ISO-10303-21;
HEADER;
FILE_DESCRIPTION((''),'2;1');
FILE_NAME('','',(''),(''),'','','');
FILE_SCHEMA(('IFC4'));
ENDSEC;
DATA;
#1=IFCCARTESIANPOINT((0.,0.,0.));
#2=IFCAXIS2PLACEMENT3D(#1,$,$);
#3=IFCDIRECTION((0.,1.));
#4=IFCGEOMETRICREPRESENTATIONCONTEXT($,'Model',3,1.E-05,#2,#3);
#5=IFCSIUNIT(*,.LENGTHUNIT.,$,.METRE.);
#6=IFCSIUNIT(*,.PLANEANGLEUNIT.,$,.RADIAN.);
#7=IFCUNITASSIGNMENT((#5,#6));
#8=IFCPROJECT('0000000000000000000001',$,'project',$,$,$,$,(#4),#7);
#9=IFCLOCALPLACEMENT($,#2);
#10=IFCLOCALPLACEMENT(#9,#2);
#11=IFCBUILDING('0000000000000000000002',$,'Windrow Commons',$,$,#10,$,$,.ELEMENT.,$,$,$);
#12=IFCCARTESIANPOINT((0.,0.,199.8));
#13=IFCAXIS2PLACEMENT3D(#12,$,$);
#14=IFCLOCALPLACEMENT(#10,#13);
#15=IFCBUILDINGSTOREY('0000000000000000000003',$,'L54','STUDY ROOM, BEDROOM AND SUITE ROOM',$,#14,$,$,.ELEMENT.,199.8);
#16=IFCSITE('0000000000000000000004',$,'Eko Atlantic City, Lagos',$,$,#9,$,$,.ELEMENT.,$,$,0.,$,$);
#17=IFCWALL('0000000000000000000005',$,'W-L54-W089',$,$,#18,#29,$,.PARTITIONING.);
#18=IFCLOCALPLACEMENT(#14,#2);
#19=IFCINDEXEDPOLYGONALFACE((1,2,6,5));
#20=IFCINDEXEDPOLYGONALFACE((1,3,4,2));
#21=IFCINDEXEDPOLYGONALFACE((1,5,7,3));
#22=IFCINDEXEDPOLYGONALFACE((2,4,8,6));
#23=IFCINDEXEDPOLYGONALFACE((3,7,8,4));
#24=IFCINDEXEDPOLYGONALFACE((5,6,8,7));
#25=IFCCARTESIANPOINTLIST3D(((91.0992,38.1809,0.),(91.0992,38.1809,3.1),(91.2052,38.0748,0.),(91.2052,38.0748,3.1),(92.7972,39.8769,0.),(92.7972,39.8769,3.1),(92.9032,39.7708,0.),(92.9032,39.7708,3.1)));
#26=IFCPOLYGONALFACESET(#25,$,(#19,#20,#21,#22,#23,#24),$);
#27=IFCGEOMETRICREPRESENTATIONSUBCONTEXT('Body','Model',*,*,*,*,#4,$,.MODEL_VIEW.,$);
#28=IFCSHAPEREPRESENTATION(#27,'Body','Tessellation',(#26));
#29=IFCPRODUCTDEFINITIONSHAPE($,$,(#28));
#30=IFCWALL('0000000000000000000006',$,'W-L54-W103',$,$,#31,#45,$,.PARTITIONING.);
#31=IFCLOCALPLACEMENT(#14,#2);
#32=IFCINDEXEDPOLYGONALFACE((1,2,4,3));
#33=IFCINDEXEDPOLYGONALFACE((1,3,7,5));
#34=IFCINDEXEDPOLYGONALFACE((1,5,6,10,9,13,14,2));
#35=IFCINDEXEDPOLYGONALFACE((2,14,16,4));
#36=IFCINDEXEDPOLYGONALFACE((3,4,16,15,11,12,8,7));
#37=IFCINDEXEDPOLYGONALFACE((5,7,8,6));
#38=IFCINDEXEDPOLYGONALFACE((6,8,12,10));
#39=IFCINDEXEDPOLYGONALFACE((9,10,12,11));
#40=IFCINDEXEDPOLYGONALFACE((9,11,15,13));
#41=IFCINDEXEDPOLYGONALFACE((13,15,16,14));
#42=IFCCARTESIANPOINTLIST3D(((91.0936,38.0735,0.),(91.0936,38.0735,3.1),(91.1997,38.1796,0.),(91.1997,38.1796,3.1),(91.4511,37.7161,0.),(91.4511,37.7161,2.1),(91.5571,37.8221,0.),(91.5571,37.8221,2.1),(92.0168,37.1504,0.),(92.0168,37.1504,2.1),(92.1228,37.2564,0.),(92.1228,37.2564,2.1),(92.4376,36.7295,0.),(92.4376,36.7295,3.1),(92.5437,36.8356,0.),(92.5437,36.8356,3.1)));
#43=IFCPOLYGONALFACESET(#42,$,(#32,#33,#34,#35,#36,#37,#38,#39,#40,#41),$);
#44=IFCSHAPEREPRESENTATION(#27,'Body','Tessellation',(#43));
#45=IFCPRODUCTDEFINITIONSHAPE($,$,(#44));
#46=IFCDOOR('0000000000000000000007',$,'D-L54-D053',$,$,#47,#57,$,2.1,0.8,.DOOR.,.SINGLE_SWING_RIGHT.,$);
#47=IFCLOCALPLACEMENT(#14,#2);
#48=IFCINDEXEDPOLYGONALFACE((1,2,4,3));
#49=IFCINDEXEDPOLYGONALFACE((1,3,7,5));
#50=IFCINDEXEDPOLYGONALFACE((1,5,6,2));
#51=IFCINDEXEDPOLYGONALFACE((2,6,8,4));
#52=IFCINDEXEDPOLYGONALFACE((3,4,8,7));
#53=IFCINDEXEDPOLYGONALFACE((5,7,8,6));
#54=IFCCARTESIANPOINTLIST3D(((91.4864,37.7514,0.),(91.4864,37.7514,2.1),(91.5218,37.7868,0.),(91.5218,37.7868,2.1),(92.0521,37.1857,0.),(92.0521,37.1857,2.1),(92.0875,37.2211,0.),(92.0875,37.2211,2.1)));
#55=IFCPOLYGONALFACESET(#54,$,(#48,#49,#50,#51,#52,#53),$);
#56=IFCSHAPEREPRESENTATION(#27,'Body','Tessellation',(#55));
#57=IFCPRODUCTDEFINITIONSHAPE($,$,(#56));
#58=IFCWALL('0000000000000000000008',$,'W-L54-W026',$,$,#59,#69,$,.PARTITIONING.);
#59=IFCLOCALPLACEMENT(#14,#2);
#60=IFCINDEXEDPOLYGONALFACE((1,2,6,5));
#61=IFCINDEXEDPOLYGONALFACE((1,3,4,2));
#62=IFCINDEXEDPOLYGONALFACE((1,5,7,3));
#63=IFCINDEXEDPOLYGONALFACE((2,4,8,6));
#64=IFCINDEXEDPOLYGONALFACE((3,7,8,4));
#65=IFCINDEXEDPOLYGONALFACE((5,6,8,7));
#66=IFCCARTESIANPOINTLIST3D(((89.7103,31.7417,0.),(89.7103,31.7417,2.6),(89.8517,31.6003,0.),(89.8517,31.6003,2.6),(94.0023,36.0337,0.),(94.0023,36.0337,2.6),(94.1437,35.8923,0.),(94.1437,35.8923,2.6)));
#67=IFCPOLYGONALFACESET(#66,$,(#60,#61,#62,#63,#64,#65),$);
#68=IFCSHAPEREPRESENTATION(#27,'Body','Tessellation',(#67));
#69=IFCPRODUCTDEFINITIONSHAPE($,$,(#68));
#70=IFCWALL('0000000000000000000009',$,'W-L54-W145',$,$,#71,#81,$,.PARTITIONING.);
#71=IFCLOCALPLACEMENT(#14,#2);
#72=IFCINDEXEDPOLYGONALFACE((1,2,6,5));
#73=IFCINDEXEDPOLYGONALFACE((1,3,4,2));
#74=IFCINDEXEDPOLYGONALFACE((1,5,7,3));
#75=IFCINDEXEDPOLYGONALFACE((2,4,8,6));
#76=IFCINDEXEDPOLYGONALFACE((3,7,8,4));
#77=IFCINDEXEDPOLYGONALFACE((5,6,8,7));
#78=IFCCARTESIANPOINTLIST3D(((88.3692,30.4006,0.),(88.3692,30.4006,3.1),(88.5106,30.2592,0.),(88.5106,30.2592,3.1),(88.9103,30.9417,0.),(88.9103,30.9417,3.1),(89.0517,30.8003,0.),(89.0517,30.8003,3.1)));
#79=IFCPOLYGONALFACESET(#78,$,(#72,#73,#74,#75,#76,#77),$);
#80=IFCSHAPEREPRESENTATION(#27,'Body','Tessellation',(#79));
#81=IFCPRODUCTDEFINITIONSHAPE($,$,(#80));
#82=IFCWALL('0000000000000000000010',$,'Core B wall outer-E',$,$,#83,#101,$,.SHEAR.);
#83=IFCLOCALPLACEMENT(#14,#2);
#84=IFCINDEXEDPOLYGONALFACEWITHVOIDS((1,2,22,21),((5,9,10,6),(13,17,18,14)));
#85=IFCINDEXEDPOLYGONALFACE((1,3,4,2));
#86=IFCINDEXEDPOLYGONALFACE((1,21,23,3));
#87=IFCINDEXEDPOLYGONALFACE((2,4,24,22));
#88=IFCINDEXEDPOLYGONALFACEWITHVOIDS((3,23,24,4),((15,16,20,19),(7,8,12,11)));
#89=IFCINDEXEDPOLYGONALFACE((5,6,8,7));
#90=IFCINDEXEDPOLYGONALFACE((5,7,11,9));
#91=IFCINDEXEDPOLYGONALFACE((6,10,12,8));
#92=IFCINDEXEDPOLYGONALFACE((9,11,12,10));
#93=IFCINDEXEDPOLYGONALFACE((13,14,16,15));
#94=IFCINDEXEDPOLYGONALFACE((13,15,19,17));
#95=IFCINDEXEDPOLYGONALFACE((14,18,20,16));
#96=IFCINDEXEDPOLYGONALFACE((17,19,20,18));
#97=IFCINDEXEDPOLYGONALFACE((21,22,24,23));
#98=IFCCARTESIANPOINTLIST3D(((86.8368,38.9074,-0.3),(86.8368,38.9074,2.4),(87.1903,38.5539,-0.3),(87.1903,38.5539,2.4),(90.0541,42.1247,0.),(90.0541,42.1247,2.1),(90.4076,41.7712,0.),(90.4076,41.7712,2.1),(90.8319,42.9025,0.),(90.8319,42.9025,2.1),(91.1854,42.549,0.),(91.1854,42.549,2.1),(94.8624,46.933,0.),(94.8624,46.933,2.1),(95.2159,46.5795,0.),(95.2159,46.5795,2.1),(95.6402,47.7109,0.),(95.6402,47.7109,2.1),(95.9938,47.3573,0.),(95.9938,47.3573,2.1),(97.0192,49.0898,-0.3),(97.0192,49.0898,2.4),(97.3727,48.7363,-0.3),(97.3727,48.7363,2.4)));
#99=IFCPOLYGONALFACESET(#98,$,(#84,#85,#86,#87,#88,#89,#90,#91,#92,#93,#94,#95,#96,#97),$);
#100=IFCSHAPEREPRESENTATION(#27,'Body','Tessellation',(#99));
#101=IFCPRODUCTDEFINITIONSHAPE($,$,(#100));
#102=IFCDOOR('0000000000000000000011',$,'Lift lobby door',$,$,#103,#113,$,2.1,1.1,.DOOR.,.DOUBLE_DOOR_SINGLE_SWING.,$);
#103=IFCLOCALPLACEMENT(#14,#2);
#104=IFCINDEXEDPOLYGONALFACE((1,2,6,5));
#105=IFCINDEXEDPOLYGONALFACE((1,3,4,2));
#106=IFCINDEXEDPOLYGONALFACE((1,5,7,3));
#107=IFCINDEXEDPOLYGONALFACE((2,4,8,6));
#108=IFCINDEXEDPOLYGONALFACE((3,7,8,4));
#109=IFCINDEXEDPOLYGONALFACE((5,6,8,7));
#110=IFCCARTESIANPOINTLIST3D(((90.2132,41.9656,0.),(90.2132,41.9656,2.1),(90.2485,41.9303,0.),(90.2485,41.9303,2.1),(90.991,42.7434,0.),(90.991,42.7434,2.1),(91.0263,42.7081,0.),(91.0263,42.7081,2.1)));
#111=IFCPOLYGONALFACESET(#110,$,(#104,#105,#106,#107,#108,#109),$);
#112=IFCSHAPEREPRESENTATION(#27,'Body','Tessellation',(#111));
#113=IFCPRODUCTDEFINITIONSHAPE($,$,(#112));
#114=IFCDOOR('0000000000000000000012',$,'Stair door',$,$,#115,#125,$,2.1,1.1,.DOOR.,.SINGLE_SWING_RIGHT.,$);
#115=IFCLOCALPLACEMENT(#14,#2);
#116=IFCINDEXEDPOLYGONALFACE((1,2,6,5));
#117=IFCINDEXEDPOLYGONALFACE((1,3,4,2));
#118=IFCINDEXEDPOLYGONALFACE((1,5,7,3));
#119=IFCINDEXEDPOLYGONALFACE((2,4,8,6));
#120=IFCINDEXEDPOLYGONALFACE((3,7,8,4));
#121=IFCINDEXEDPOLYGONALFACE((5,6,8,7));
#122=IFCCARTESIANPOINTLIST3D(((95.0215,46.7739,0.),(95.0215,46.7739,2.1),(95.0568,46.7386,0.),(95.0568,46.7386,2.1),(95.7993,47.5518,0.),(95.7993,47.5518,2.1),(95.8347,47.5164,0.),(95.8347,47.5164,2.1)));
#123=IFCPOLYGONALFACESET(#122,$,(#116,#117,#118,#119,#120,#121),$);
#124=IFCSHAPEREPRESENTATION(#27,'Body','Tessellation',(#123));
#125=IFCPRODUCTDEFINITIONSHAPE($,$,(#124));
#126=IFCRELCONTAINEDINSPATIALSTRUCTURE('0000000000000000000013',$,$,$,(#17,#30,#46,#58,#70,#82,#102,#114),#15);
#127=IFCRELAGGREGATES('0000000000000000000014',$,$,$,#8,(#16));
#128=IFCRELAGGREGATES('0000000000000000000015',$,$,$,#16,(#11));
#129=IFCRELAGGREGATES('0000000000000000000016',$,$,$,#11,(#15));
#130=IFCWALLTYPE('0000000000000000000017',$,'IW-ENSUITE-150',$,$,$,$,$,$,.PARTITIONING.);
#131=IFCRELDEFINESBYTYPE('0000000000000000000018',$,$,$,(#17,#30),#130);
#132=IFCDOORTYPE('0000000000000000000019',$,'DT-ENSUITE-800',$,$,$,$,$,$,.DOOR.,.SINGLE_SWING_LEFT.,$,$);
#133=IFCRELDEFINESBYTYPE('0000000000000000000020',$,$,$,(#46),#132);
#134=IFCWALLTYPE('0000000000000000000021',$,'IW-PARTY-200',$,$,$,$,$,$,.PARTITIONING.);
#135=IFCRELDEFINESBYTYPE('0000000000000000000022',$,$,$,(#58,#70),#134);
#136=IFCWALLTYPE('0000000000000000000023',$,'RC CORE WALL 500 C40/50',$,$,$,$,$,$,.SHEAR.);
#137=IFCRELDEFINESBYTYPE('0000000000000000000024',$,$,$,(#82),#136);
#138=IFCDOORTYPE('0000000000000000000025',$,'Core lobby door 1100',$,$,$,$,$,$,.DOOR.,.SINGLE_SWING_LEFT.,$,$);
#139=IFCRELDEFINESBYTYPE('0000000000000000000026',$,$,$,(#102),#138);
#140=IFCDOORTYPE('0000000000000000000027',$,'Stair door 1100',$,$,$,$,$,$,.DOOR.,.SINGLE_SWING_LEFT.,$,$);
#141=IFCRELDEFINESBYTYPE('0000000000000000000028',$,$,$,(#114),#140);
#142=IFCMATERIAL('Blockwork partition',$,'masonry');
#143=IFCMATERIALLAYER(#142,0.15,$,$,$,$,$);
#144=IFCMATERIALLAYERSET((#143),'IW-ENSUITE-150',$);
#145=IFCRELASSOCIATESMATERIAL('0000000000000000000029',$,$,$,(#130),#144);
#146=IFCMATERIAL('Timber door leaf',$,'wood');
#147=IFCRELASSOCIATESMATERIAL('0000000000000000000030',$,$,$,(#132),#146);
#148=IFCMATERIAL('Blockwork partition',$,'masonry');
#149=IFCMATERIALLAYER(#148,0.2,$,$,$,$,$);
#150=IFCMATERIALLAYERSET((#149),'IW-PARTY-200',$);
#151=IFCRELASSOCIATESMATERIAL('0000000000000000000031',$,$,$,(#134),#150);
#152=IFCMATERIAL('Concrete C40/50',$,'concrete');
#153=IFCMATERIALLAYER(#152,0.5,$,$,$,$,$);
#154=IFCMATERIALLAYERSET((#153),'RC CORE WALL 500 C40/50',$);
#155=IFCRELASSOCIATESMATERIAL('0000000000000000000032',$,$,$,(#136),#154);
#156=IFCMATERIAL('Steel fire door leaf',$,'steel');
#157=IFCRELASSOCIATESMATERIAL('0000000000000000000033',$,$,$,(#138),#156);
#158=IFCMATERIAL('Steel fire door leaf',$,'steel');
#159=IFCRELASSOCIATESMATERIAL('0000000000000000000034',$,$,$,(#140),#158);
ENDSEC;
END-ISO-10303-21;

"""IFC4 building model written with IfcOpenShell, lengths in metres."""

from ifc_helpers import new_model, si_unit, direction, frame, frame_2d, origin, place, context, subcontext, project, spatial, rectangle, extrude, material, layer, layer_set, type_object, element, fill, save


model = new_model("IFC4")

# Units and contexts
model_context = context("Model", 3, precision=1e-05, world=origin(), true_north=direction((0.0, 1.0)))
body_context = subcontext(model_context, "Body", "Model", "MODEL_VIEW")
ifc_project = project(units=[si_unit("LENGTHUNIT", "METRE"), si_unit("PLANEANGLEUNIT", "RADIAN")], contexts=[model_context])

# Site, building, storey
site_placement = place(None, origin())
site = spatial("IfcSite", under=ifc_project, at=site_placement, Name="Eko Atlantic City, Lagos", CompositionType="ELEMENT", RefElevation=0.0)
building_placement = place(site_placement, origin())
building = spatial("IfcBuilding", under=site, at=building_placement, Name="Windrow Commons", CompositionType="ELEMENT")
storey_placement = place(building_placement, frame((0.0, 0.0, 199.8)))
storey = spatial("IfcBuildingStorey", under=building, at=storey_placement, Name="L54", Description="STUDY ROOM, BEDROOM AND SUITE ROOM", CompositionType="ELEMENT", Elevation=199.8)

# Wall
ifc_material_1 = material(Name="Blockwork partition", Category="masonry")
ifc_layer_1 = layer(ifc_material_1, 0.15)
ifc_layer_set_1 = layer_set([ifc_layer_1], Name="IW-ENSUITE-150")
wall_type_1 = type_object("IfcWallType", Name="IW-ENSUITE-150", PredefinedType="PARTITIONING", material=ifc_layer_set_1)
wall_1_placement = place(storey_placement, frame((91.1522, 38.1278, 0.0), z_axis=(0.0, 0.0, 1.0), x_axis=(0.707523, 0.70669, 0.0)))
element("IfcWall", 1, at=wall_1_placement, inside=storey, type_object=wall_type_1, Name="W-L54-W089", PredefinedType="PARTITIONING", context=body_context, shape_type="SweptSolid", body=[
    extrude(rectangle(XDim=2.3999, YDim=0.15, at=frame_2d((1.2, 0.0))), origin(), (0.0, 0.0, 1.0), 3.1),
])

# Wall, opening, door
wall_2_placement = place(storey_placement, frame((91.1466, 38.1266, 0.0), z_axis=(0.0, 0.0, 1.0), x_axis=(0.707107, -0.707107, 0.0)))
wall_2 = element("IfcWall", 2, at=wall_2_placement, inside=storey, type_object=wall_type_1, Name="W-L54-W103", PredefinedType="PARTITIONING", context=body_context, shape_type="SweptSolid", body=[
    extrude(rectangle(XDim=1.9007, YDim=0.15, at=frame_2d((0.9504, 0.0))), origin(), (0.0, 0.0, 1.0), 3.1),
])
opening_1_placement = place(wall_2_placement, frame((0.5056, 0.0, 0.0)))
opening_1 = element("IfcOpeningElement", 3, at=opening_1_placement, cuts=wall_2, PredefinedType="OPENING", context=body_context, shape_type="SweptSolid", body=[
    extrude(rectangle(XDim=0.8, YDim=2.1, at=frame_2d((0.4, 1.05))), frame((0.0, 0.085, 0.0), z_axis=(0.0, -1.0, 0.0), x_axis=(1.0, 0.0, 0.0)), (0.0, 0.0, 1.0), 0.17),
])
ifc_material_2 = material(Name="Timber door leaf", Category="wood")
door_type_1 = type_object("IfcDoorType", Name="DT-ENSUITE-800", OperationType="SINGLE_SWING_LEFT", PredefinedType="DOOR", material=ifc_material_2)
door_1_placement = place(opening_1_placement, origin())
door_1 = element("IfcDoor", 4, at=door_1_placement, inside=storey, type_object=door_type_1, Name="D-L54-D053", OperationType="SINGLE_SWING_RIGHT", OverallHeight=2.1, OverallWidth=0.8, PredefinedType="DOOR", context=body_context, shape_type="SweptSolid", body=[
    extrude(rectangle(XDim=0.8, YDim=2.1, at=frame_2d((0.4, 1.05))), frame((0.0, 0.025, 0.0), z_axis=(0.0, -1.0, 0.0), x_axis=(1.0, 0.0, 0.0)), (0.0, 0.0, 1.0), 0.05),
])
fill(opening_1, door_1)

# Walls
ifc_material_3 = material(Name="Blockwork partition", Category="masonry")
ifc_layer_2 = layer(ifc_material_3, 0.2)
ifc_layer_set_2 = layer_set([ifc_layer_2], Name="IW-PARTY-200")
wall_type_2 = type_object("IfcWallType", Name="IW-PARTY-200", PredefinedType="PARTITIONING", material=ifc_layer_set_2)
wall_3_placement = place(storey_placement, frame((89.781, 31.671, 0.0), z_axis=(0.0, 0.0, 1.0), x_axis=(0.707107, 0.707107, 0.0)))
element("IfcWall", 5, at=wall_3_placement, inside=storey, type_object=wall_type_2, Name="W-L54-W026", PredefinedType="PARTITIONING", context=body_context, shape_type="SweptSolid", body=[
    extrude(rectangle(XDim=6.0698, YDim=0.2, at=frame_2d((3.0349, 0.0))), origin(), (0.0, 0.0, 1.0), 2.6),
])
wall_4_placement = place(storey_placement, frame((88.4399, 30.3299, 0.0), z_axis=(0.0, 0.0, 1.0), x_axis=(0.707107, 0.707107, 0.0)))
element("IfcWall", 6, at=wall_4_placement, inside=storey, type_object=wall_type_2, Name="W-L54-W145", PredefinedType="PARTITIONING", context=body_context, shape_type="SweptSolid", body=[
    extrude(rectangle(XDim=0.7652, YDim=0.2, at=frame_2d((0.3826, 0.0))), origin(), (0.0, 0.0, 1.0), 3.1),
])

# Wall, openings, doors
ifc_material_4 = material(Name="Concrete C40/50", Category="concrete")
ifc_layer_3 = layer(ifc_material_4, 0.5)
ifc_layer_set_3 = layer_set([ifc_layer_3], Name="RC CORE WALL 500 C40/50")
wall_type_3 = type_object("IfcWallType", Name="RC CORE WALL 500 C40/50", PredefinedType="SHEAR", material=ifc_layer_set_3)
wall_5_placement = place(storey_placement, frame((87.0135, 38.7306, -0.3), z_axis=(0.0, 0.0, 1.0), x_axis=(0.707107, 0.707107, 0.0)))
wall_5 = element("IfcWall", 7, at=wall_5_placement, inside=storey, type_object=wall_type_3, Name="Core B wall outer-E", PredefinedType="SHEAR", context=body_context, shape_type="SweptSolid", body=[
    extrude(rectangle(XDim=14.4001, YDim=0.5, at=frame_2d((7.2001, 0.0))), origin(), (0.0, 0.0, 1.0), 2.7),
])
opening_2_placement = place(wall_5_placement, frame((4.55, 0.0, 0.3)))
opening_2 = element("IfcOpeningElement", 8, at=opening_2_placement, cuts=wall_5, PredefinedType="OPENING", context=body_context, shape_type="SweptSolid", body=[
    extrude(rectangle(XDim=1.1, YDim=2.1, at=frame_2d((0.55, 1.05))), frame((0.0, 0.26, 0.0), z_axis=(0.0, -1.0, 0.0), x_axis=(1.0, 0.0, 0.0)), (0.0, 0.0, 1.0), 0.52),
])
opening_3_placement = place(wall_5_placement, frame((11.35, 0.0, 0.3)))
opening_3 = element("IfcOpeningElement", 9, at=opening_3_placement, cuts=wall_5, PredefinedType="OPENING", context=body_context, shape_type="SweptSolid", body=[
    extrude(rectangle(XDim=1.1, YDim=2.1, at=frame_2d((0.55, 1.05))), frame((0.0, 0.26, 0.0), z_axis=(0.0, -1.0, 0.0), x_axis=(1.0, 0.0, 0.0)), (0.0, 0.0, 1.0), 0.52),
])
ifc_material_5 = material(Name="Steel fire door leaf", Category="steel")
door_type_2 = type_object("IfcDoorType", Name="Core lobby door 1100", OperationType="SINGLE_SWING_LEFT", PredefinedType="DOOR", material=ifc_material_5)
door_2_placement = place(opening_2_placement, origin())
door_2 = element("IfcDoor", 10, at=door_2_placement, inside=storey, type_object=door_type_2, Name="Lift lobby door", OperationType="DOUBLE_DOOR_SINGLE_SWING", OverallHeight=2.1, OverallWidth=1.1, PredefinedType="DOOR", context=body_context, shape_type="SweptSolid", body=[
    extrude(rectangle(XDim=1.1, YDim=2.1, at=frame_2d((0.55, 1.05))), frame((0.0, 0.025, 0.0), z_axis=(0.0, -1.0, 0.0), x_axis=(1.0, 0.0, 0.0)), (0.0, 0.0, 1.0), 0.05),
])
fill(opening_2, door_2)
ifc_material_6 = material(Name="Steel fire door leaf", Category="steel")
door_type_3 = type_object("IfcDoorType", Name="Stair door 1100", OperationType="SINGLE_SWING_LEFT", PredefinedType="DOOR", material=ifc_material_6)
door_3_placement = place(opening_3_placement, origin())
door_3 = element("IfcDoor", 11, at=door_3_placement, inside=storey, type_object=door_type_3, Name="Stair door", OperationType="SINGLE_SWING_RIGHT", OverallHeight=2.1, OverallWidth=1.1, PredefinedType="DOOR", context=body_context, shape_type="SweptSolid", body=[
    extrude(rectangle(XDim=1.1, YDim=2.1, at=frame_2d((0.55, 1.05))), frame((0.0, 0.025, 0.0), z_axis=(0.0, -1.0, 0.0), x_axis=(1.0, 0.0, 0.0)), (0.0, 0.0, 1.0), 0.05),
])
fill(opening_3, door_3)

save(model, "model.ifc")
